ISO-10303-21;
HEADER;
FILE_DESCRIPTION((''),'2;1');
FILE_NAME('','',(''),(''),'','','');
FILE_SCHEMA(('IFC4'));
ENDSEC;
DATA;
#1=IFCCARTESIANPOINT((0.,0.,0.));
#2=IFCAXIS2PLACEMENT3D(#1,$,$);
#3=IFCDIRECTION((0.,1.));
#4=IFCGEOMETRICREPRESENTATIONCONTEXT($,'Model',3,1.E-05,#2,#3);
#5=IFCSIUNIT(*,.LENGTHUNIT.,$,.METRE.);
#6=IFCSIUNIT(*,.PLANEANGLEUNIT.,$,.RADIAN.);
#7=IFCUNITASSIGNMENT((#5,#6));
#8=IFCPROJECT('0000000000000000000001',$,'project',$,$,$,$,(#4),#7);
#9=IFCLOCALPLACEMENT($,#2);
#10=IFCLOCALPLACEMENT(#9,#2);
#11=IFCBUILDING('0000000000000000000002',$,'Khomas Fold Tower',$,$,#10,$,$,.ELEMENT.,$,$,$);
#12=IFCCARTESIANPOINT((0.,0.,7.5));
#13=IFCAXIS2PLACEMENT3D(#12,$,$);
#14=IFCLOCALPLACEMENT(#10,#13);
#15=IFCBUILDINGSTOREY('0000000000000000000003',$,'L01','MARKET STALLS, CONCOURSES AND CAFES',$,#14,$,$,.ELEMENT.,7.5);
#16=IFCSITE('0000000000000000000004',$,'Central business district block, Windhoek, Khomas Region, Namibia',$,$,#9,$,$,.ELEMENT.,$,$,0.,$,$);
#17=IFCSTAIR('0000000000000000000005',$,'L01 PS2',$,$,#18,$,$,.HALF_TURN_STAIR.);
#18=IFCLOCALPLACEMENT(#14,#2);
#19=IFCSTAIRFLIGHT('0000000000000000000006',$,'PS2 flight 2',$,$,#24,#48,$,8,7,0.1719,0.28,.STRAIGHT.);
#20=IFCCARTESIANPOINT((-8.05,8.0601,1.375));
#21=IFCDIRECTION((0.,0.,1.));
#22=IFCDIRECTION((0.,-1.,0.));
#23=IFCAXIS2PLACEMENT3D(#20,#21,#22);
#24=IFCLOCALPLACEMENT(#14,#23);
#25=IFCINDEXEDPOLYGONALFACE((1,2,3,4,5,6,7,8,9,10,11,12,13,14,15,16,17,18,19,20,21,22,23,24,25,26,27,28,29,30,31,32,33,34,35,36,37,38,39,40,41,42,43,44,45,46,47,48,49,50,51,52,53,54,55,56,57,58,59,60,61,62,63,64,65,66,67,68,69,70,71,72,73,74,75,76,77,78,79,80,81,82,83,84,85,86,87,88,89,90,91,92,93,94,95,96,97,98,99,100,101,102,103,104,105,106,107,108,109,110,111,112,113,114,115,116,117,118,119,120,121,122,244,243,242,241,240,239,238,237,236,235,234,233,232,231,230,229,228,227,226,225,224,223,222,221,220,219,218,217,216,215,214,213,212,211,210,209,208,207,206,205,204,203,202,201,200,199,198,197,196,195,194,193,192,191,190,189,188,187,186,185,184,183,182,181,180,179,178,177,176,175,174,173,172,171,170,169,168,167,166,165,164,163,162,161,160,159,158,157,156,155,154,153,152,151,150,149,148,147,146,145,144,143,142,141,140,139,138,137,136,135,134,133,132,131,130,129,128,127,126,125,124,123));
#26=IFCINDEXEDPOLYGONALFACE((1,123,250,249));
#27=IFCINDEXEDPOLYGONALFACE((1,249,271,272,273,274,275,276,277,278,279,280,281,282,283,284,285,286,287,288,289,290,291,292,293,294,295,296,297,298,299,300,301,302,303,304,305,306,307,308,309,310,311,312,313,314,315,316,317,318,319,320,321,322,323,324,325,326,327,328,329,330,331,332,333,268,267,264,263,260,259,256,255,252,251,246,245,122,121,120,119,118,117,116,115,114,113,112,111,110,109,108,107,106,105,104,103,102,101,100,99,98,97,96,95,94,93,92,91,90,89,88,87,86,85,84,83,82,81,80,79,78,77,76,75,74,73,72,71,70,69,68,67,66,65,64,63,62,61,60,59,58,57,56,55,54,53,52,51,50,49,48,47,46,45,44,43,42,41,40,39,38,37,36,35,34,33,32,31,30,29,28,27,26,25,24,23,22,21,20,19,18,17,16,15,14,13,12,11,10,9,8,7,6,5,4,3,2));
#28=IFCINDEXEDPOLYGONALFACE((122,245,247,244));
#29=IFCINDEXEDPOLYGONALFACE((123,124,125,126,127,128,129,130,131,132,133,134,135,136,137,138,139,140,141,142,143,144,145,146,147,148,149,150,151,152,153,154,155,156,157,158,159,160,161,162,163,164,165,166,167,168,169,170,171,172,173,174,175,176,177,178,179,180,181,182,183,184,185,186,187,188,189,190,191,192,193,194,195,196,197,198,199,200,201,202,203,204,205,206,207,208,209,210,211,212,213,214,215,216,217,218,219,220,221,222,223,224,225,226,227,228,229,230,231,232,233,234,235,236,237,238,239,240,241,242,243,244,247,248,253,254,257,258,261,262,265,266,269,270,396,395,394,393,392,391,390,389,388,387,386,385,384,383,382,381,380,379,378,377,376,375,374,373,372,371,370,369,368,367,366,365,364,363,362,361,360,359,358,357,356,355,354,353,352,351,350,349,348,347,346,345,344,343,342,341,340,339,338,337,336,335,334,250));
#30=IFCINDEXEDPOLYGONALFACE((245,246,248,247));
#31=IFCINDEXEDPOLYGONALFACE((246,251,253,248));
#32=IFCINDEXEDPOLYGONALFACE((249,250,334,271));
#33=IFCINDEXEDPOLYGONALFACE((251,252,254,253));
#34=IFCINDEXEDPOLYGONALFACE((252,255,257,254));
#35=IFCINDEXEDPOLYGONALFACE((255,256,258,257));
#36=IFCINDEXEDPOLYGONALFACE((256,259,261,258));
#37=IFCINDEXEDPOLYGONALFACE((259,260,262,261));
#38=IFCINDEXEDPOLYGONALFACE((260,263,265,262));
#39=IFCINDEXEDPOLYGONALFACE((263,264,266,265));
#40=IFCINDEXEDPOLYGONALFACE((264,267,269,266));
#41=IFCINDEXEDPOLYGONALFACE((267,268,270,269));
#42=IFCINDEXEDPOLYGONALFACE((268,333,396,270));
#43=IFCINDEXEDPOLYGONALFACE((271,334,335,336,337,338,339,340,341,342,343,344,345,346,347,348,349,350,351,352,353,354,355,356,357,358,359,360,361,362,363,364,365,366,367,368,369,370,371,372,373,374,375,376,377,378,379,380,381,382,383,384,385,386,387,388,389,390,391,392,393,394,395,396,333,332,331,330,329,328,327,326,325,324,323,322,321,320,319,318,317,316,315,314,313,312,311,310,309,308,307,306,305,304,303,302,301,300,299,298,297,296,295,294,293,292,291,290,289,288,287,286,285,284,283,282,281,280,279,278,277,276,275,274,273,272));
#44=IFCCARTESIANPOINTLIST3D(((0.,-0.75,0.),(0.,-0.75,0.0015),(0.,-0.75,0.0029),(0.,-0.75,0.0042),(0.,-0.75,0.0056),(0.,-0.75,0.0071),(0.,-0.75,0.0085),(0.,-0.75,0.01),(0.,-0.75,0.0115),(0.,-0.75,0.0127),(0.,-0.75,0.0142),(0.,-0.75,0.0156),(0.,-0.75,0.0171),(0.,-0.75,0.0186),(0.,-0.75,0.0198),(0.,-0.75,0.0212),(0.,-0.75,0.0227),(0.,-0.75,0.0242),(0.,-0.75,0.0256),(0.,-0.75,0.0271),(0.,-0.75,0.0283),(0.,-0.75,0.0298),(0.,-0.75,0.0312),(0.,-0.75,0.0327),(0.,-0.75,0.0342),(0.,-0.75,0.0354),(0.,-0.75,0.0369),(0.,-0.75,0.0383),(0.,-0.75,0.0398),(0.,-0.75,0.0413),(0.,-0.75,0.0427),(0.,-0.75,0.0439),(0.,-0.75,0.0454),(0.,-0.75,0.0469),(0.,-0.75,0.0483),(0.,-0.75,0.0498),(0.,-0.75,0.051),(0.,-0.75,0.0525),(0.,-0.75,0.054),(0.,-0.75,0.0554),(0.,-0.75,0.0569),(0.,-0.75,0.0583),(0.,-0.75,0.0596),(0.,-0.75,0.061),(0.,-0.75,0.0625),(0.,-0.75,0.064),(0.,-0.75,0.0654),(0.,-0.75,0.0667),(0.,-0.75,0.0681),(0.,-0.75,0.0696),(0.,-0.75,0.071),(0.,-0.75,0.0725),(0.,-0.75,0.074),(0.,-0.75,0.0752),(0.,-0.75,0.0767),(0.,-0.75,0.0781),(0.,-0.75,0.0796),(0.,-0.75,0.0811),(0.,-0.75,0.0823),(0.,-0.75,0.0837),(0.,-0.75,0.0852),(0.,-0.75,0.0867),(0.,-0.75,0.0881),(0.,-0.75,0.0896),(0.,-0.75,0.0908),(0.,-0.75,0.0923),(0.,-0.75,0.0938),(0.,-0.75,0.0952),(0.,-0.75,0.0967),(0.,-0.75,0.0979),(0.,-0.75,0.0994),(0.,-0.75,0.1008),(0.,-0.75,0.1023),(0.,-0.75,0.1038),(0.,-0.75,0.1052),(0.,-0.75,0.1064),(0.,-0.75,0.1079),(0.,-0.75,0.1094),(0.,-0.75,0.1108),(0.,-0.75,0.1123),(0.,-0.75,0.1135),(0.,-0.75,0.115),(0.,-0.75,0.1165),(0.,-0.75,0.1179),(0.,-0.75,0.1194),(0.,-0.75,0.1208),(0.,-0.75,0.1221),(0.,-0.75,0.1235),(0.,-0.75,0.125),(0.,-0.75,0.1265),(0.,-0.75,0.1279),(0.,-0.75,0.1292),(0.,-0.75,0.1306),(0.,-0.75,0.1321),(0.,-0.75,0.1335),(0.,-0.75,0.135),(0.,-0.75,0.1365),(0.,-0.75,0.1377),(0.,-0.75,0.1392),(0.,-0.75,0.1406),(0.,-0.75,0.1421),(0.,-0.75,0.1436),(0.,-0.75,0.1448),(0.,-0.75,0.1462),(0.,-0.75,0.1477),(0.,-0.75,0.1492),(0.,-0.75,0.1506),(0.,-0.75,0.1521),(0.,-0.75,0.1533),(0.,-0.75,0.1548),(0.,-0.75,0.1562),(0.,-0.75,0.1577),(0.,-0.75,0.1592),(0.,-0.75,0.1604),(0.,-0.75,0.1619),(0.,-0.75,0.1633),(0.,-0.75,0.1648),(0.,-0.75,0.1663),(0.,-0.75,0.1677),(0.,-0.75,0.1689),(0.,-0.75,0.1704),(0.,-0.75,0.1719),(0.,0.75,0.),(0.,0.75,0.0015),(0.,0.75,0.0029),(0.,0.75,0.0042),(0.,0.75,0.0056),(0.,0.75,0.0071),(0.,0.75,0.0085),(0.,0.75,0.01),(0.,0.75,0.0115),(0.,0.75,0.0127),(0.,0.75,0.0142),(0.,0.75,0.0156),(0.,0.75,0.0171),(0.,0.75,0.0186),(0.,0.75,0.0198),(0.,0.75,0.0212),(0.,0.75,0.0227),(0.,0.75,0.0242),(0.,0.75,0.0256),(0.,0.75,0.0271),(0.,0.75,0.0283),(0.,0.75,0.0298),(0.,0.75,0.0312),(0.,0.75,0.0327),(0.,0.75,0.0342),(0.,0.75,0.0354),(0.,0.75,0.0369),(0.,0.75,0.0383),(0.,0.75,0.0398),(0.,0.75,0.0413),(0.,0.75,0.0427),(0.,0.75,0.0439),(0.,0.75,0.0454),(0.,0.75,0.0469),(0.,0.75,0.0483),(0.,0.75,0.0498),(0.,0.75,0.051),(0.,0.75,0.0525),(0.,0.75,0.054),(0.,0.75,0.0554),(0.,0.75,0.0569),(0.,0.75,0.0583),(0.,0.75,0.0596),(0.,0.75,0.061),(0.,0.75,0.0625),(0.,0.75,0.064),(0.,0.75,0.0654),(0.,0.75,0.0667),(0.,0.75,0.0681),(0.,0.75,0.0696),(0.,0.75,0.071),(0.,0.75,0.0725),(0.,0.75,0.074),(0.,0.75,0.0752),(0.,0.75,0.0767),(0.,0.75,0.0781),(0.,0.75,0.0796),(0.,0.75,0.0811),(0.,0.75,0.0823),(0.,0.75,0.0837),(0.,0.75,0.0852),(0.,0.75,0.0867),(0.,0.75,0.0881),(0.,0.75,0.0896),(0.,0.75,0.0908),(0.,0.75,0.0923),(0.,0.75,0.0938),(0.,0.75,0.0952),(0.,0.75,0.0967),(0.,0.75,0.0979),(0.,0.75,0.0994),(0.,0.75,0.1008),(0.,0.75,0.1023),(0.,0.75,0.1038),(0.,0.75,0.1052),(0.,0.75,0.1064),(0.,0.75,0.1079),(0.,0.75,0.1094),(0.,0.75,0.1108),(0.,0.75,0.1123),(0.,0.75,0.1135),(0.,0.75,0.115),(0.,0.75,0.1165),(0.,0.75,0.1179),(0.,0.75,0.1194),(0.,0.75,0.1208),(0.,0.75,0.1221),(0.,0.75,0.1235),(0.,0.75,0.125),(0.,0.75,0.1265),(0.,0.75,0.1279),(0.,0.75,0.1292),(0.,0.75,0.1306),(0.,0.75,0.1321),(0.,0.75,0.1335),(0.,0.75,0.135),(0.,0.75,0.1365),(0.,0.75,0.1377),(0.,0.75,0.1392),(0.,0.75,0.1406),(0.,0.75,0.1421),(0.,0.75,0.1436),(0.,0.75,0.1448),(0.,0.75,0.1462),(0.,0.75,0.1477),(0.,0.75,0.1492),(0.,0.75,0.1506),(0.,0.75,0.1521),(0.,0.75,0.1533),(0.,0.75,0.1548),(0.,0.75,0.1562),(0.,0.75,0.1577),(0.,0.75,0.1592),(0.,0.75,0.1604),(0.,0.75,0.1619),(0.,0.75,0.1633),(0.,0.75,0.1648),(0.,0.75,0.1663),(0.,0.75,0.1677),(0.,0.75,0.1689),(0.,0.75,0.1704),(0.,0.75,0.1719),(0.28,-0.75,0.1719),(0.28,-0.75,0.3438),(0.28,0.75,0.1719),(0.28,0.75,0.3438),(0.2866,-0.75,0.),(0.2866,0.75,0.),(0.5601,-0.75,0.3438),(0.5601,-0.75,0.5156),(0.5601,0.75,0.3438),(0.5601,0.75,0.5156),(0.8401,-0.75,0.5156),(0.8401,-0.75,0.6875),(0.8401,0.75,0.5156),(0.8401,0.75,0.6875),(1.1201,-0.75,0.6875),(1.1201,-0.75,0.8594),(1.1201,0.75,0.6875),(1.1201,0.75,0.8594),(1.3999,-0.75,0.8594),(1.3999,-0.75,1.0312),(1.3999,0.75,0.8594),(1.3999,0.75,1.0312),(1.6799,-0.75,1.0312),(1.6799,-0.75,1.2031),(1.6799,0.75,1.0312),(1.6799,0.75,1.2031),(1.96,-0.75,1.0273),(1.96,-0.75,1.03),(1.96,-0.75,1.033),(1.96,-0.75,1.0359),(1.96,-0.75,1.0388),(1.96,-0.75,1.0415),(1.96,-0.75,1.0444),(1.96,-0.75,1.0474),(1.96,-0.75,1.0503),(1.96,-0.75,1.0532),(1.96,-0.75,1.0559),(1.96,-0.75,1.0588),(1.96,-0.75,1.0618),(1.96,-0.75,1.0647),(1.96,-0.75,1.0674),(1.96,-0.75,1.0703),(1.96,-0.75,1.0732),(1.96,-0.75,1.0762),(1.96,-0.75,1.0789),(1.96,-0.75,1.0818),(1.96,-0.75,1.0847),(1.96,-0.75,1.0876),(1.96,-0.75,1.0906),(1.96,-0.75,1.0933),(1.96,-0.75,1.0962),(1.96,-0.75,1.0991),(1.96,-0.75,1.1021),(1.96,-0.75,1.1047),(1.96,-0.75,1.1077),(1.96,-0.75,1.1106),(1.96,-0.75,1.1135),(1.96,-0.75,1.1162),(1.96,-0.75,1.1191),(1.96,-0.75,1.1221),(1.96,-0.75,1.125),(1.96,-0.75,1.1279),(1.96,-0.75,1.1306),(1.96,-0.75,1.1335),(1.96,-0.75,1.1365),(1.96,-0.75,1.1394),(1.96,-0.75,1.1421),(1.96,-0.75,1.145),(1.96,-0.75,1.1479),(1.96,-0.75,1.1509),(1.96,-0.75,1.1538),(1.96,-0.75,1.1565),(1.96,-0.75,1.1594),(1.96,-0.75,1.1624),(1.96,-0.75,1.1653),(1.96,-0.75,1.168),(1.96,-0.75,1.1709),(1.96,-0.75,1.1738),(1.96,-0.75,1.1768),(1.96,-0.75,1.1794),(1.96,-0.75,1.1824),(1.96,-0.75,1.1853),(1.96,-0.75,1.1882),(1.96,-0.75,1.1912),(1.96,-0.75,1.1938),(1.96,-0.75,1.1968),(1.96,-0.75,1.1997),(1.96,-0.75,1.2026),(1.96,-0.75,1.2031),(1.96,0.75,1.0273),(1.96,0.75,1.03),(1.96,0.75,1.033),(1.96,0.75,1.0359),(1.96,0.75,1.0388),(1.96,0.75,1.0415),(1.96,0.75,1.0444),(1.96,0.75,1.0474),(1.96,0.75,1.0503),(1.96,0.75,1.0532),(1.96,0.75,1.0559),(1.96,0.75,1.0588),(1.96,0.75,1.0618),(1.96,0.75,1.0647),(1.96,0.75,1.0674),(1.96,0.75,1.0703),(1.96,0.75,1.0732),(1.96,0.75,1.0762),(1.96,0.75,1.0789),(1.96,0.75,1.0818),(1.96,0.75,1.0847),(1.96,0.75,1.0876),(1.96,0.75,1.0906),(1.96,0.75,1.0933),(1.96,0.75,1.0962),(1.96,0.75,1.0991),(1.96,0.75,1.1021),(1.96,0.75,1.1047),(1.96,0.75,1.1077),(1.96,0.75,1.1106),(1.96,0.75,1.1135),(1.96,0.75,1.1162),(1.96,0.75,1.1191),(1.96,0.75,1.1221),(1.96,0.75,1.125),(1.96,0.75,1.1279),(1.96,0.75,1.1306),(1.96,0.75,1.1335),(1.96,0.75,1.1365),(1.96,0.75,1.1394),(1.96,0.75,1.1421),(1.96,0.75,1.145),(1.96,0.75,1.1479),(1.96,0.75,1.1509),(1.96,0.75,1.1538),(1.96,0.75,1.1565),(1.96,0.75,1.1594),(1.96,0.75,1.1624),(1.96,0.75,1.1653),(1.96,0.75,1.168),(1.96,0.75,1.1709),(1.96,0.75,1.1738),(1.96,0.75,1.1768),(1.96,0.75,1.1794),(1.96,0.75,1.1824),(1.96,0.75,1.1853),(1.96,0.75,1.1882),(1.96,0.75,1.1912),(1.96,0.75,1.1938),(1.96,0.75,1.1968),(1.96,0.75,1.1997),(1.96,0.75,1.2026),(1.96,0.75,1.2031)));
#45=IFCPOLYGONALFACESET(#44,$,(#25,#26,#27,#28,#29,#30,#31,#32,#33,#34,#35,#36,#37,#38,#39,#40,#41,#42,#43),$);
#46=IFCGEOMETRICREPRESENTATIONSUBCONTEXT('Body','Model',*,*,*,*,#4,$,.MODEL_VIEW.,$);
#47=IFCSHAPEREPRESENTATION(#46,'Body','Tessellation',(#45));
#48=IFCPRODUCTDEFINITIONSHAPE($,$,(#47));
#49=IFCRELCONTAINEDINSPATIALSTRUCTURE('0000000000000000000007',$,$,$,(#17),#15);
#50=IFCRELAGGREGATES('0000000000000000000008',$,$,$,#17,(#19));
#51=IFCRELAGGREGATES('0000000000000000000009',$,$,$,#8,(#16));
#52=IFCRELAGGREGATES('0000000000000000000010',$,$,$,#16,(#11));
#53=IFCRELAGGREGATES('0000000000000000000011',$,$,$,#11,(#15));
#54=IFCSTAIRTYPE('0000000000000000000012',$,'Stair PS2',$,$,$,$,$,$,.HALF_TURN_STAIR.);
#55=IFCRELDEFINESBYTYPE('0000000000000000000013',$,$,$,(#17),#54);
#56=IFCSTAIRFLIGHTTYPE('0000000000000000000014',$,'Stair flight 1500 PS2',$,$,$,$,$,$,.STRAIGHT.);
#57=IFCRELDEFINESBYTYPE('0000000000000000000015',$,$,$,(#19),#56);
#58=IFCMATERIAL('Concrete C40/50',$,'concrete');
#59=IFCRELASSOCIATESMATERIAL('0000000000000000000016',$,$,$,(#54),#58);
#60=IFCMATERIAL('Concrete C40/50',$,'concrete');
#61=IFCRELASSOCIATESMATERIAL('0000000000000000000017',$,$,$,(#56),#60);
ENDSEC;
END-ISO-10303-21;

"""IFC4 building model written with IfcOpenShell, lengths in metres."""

from ifc_helpers import new_model, si_unit, direction, frame, origin, place, context, subcontext, project, spatial, polyline, outline, extrude, source, transform, mapped, material, type_object, element, aggregate, save


model = new_model("IFC4")

# Units and contexts
model_context = context("Model", 3, precision=1e-05, world=origin(), true_north=direction((0.0, 1.0)))
body_context = subcontext(model_context, "Body", "Model", "MODEL_VIEW")
ifc_project = project(units=[si_unit("LENGTHUNIT", "METRE"), si_unit("PLANEANGLEUNIT", "RADIAN")], contexts=[model_context])

# Site, building, storey
site_placement = place(None, origin())
site = spatial("IfcSite", under=ifc_project, at=site_placement, Name="Central business district block, Windhoek, Khomas Region, Namibia", CompositionType="ELEMENT", RefElevation=0.0)
building_placement = place(site_placement, origin())
building = spatial("IfcBuilding", under=site, at=building_placement, Name="Khomas Fold Tower", CompositionType="ELEMENT")
storey_placement = place(building_placement, frame((0.0, 0.0, 7.5)))
storey = spatial("IfcBuildingStorey", under=building, at=storey_placement, Name="L01", Description="MARKET STALLS, CONCOURSES AND CAFES", CompositionType="ELEMENT", Elevation=7.5)

# Stair, stair flight
ifc_material_1 = material(Name="Concrete C40/50", Category="concrete")
stair_type = type_object("IfcStairType", Name="Stair PS2", PredefinedType="HALF_TURN_STAIR", material=ifc_material_1)
stair_placement = place(storey_placement, origin())
stair = element("IfcStair", 1, at=stair_placement, inside=storey, type_object=stair_type, Name="L01 PS2", PredefinedType="HALF_TURN_STAIR")
ifc_material_2 = material(Name="Concrete C40/50", Category="concrete")
stair_flight_type = type_object("IfcStairFlightType", Name="Stair flight 1500 PS2", PredefinedType="STRAIGHT", material=ifc_material_2)
shared_shape_1 = source(origin(), body_context, "Body", "SweptSolid", [
    extrude(outline(polyline([(0.0, 0.0), (0.0, 0.0015), (0.0, 0.0029), (0.0, 0.0042), (0.0, 0.0056), (0.0, 0.0071), (0.0, 0.0085), (0.0, 0.01), (0.0, 0.0115), (0.0, 0.0127), (0.0, 0.0142), (0.0, 0.0156), (0.0, 0.0171), (0.0, 0.0186), (0.0, 0.0198), (0.0, 0.0212), (0.0, 0.0227), (0.0, 0.0242), (0.0, 0.0256), (0.0, 0.0271), (0.0, 0.0283), (0.0, 0.0298), (0.0, 0.0312), (0.0, 0.0327), (0.0, 0.0342), (0.0, 0.0354), (0.0, 0.0369), (0.0, 0.0383), (0.0, 0.0398), (0.0, 0.0413), (0.0, 0.0427), (0.0, 0.0439), (0.0, 0.0454), (0.0, 0.0469), (0.0, 0.0483), (0.0, 0.0498), (0.0, 0.051), (0.0, 0.0525), (0.0, 0.054), (0.0, 0.0554), (0.0, 0.0569), (0.0, 0.0583), (0.0, 0.0596), (0.0, 0.061), (0.0, 0.0625), (0.0, 0.064), (0.0, 0.0654), (0.0, 0.0667), (0.0, 0.0681), (0.0, 0.0696), (0.0, 0.071), (0.0, 0.0725), (0.0, 0.074), (0.0, 0.0752), (0.0, 0.0767), (0.0, 0.0781), (0.0, 0.0796), (0.0, 0.0811), (0.0, 0.0823), (0.0, 0.0837), (0.0, 0.0852), (0.0, 0.0867), (0.0, 0.0881), (0.0, 0.0896), (0.0, 0.0908), (0.0, 0.0923), (0.0, 0.0938), (0.0, 0.0952), (0.0, 0.0967), (0.0, 0.0979), (0.0, 0.0994), (0.0, 0.1008), (0.0, 0.1023), (0.0, 0.1038), (0.0, 0.1052), (0.0, 0.1064), (0.0, 0.1079), (0.0, 0.1094), (0.0, 0.1108), (0.0, 0.1123), (0.0, 0.1135), (0.0, 0.115), (0.0, 0.1165), (0.0, 0.1179), (0.0, 0.1194), (0.0, 0.1208), (0.0, 0.1221), (0.0, 0.1235), (0.0, 0.125), (0.0, 0.1265), (0.0, 0.1279), (0.0, 0.1292), (0.0, 0.1306), (0.0, 0.1321), (0.0, 0.1335), (0.0, 0.135), (0.0, 0.1365), (0.0, 0.1377), (0.0, 0.1392), (0.0, 0.1406), (0.0, 0.1421), (0.0, 0.1436), (0.0, 0.1448), (0.0, 0.1462), (0.0, 0.1477), (0.0, 0.1492), (0.0, 0.1506), (0.0, 0.1521), (0.0, 0.1533), (0.0, 0.1548), (0.0, 0.1562), (0.0, 0.1577), (0.0, 0.1592), (0.0, 0.1604), (0.0, 0.1619), (0.0, 0.1633), (0.0, 0.1648), (0.0, 0.1663), (0.0, 0.1677), (0.0, 0.1689), (0.0, 0.1704), (0.0, 0.1719), (0.28, 0.1719), (0.28, 0.3438), (0.5601, 0.3438), (0.5601, 0.5156), (0.8401, 0.5156), (0.8401, 0.6875), (1.1201, 0.6875), (1.1201, 0.8594), (1.3999, 0.8594), (1.3999, 1.0312), (1.6799, 1.0312), (1.6799, 1.2031), (1.96, 1.2031), (1.96, 1.375), (1.96, 1.3721), (1.96, 1.3691), (1.96, 1.3665), (1.96, 1.3635), (1.96, 1.3606), (1.96, 1.3577), (1.96, 1.355), (1.96, 1.3521), (1.96, 1.3491), (1.96, 1.3462), (1.96, 1.3435), (1.96, 1.3406), (1.96, 1.3376), (1.96, 1.3347), (1.96, 1.3318), (1.96, 1.3291), (1.96, 1.3262), (1.96, 1.3232), (1.96, 1.3203), (1.96, 1.3176), (1.96, 1.3147), (1.96, 1.3118), (1.96, 1.3088), (1.96, 1.3059), (1.96, 1.3032), (1.96, 1.3003), (1.96, 1.2974), (1.96, 1.2944), (1.96, 1.2917), (1.96, 1.2888), (1.96, 1.2859), (1.96, 1.283), (1.96, 1.2803), (1.96, 1.2773), (1.96, 1.2744), (1.96, 1.2715), (1.96, 1.2686), (1.96, 1.2659), (1.96, 1.2629), (1.96, 1.26), (1.96, 1.2571), (1.96, 1.2544), (1.96, 1.2515), (1.96, 1.2485), (1.96, 1.2456), (1.96, 1.2427), (1.96, 1.24), (1.96, 1.2371), (1.96, 1.2341), (1.96, 1.2312), (1.96, 1.2285), (1.96, 1.2256), (1.96, 1.2227), (1.96, 1.2197), (1.96, 1.217), (1.96, 1.2141), (1.96, 1.2112), (1.96, 1.2083), (1.96, 1.2053), (1.96, 1.2026), (1.96, 1.1997), (1.96, 1.1968), (1.96, 1.1938), (1.96, 1.1912), (1.96, 1.1882), (1.96, 1.1853), (1.96, 1.1824), (1.96, 1.1794), (1.96, 1.1768), (1.96, 1.1738), (1.96, 1.1709), (1.96, 1.168), (1.96, 1.1653), (1.96, 1.1624), (1.96, 1.1594), (1.96, 1.1565), (1.96, 1.1538), (1.96, 1.1509), (1.96, 1.1479), (1.96, 1.145), (1.96, 1.1421), (1.96, 1.1394), (1.96, 1.1365), (1.96, 1.1335), (1.96, 1.1306), (1.96, 1.1279), (1.96, 1.125), (1.96, 1.1221), (1.96, 1.1191), (1.96, 1.1162), (1.96, 1.1135), (1.96, 1.1106), (1.96, 1.1077), (1.96, 1.1047), (1.96, 1.1021), (1.96, 1.0991), (1.96, 1.0962), (1.96, 1.0933), (1.96, 1.0906), (1.96, 1.0876), (1.96, 1.0847), (1.96, 1.0818), (1.96, 1.0789), (1.96, 1.0762), (1.96, 1.0732), (1.96, 1.0703), (1.96, 1.0674), (1.96, 1.0647), (1.96, 1.0618), (1.96, 1.0588), (1.96, 1.0559), (1.96, 1.0532), (1.96, 1.0503), (1.96, 1.0474), (1.96, 1.0444), (1.96, 1.0415), (1.96, 1.0388), (1.96, 1.0359), (1.96, 1.033), (1.96, 1.03), (1.96, 1.0273), (0.2866, 0.0), (0.0, 0.0)])), frame((0.0, 0.75, 0.0), z_axis=(0.0, -1.0, 0.0), x_axis=(1.0, 0.0, 0.0)), (0.0, 0.0, 1.0), 1.5),
])
stair_flight_1_placement = place(storey_placement, frame((-8.05, 8.0601, 1.375), z_axis=(0.0, 0.0, 1.0), x_axis=(0.0, -1.0, 0.0)))
stair_flight_1 = element("IfcStairFlight", 2, at=stair_flight_1_placement, type_object=stair_flight_type, Name="PS2 flight 2", NumberOfRisers=8, NumberOfTreads=7, PredefinedType="STRAIGHT", RiserHeight=0.1719, TreadLength=0.28, context=body_context, shape_type="MappedRepresentation", body=[
    mapped(shared_shape_1, transform((0.0, 0.0, 0.0))),
])
aggregate(stair, [stair_flight_1])

save(model, "model.ifc")
